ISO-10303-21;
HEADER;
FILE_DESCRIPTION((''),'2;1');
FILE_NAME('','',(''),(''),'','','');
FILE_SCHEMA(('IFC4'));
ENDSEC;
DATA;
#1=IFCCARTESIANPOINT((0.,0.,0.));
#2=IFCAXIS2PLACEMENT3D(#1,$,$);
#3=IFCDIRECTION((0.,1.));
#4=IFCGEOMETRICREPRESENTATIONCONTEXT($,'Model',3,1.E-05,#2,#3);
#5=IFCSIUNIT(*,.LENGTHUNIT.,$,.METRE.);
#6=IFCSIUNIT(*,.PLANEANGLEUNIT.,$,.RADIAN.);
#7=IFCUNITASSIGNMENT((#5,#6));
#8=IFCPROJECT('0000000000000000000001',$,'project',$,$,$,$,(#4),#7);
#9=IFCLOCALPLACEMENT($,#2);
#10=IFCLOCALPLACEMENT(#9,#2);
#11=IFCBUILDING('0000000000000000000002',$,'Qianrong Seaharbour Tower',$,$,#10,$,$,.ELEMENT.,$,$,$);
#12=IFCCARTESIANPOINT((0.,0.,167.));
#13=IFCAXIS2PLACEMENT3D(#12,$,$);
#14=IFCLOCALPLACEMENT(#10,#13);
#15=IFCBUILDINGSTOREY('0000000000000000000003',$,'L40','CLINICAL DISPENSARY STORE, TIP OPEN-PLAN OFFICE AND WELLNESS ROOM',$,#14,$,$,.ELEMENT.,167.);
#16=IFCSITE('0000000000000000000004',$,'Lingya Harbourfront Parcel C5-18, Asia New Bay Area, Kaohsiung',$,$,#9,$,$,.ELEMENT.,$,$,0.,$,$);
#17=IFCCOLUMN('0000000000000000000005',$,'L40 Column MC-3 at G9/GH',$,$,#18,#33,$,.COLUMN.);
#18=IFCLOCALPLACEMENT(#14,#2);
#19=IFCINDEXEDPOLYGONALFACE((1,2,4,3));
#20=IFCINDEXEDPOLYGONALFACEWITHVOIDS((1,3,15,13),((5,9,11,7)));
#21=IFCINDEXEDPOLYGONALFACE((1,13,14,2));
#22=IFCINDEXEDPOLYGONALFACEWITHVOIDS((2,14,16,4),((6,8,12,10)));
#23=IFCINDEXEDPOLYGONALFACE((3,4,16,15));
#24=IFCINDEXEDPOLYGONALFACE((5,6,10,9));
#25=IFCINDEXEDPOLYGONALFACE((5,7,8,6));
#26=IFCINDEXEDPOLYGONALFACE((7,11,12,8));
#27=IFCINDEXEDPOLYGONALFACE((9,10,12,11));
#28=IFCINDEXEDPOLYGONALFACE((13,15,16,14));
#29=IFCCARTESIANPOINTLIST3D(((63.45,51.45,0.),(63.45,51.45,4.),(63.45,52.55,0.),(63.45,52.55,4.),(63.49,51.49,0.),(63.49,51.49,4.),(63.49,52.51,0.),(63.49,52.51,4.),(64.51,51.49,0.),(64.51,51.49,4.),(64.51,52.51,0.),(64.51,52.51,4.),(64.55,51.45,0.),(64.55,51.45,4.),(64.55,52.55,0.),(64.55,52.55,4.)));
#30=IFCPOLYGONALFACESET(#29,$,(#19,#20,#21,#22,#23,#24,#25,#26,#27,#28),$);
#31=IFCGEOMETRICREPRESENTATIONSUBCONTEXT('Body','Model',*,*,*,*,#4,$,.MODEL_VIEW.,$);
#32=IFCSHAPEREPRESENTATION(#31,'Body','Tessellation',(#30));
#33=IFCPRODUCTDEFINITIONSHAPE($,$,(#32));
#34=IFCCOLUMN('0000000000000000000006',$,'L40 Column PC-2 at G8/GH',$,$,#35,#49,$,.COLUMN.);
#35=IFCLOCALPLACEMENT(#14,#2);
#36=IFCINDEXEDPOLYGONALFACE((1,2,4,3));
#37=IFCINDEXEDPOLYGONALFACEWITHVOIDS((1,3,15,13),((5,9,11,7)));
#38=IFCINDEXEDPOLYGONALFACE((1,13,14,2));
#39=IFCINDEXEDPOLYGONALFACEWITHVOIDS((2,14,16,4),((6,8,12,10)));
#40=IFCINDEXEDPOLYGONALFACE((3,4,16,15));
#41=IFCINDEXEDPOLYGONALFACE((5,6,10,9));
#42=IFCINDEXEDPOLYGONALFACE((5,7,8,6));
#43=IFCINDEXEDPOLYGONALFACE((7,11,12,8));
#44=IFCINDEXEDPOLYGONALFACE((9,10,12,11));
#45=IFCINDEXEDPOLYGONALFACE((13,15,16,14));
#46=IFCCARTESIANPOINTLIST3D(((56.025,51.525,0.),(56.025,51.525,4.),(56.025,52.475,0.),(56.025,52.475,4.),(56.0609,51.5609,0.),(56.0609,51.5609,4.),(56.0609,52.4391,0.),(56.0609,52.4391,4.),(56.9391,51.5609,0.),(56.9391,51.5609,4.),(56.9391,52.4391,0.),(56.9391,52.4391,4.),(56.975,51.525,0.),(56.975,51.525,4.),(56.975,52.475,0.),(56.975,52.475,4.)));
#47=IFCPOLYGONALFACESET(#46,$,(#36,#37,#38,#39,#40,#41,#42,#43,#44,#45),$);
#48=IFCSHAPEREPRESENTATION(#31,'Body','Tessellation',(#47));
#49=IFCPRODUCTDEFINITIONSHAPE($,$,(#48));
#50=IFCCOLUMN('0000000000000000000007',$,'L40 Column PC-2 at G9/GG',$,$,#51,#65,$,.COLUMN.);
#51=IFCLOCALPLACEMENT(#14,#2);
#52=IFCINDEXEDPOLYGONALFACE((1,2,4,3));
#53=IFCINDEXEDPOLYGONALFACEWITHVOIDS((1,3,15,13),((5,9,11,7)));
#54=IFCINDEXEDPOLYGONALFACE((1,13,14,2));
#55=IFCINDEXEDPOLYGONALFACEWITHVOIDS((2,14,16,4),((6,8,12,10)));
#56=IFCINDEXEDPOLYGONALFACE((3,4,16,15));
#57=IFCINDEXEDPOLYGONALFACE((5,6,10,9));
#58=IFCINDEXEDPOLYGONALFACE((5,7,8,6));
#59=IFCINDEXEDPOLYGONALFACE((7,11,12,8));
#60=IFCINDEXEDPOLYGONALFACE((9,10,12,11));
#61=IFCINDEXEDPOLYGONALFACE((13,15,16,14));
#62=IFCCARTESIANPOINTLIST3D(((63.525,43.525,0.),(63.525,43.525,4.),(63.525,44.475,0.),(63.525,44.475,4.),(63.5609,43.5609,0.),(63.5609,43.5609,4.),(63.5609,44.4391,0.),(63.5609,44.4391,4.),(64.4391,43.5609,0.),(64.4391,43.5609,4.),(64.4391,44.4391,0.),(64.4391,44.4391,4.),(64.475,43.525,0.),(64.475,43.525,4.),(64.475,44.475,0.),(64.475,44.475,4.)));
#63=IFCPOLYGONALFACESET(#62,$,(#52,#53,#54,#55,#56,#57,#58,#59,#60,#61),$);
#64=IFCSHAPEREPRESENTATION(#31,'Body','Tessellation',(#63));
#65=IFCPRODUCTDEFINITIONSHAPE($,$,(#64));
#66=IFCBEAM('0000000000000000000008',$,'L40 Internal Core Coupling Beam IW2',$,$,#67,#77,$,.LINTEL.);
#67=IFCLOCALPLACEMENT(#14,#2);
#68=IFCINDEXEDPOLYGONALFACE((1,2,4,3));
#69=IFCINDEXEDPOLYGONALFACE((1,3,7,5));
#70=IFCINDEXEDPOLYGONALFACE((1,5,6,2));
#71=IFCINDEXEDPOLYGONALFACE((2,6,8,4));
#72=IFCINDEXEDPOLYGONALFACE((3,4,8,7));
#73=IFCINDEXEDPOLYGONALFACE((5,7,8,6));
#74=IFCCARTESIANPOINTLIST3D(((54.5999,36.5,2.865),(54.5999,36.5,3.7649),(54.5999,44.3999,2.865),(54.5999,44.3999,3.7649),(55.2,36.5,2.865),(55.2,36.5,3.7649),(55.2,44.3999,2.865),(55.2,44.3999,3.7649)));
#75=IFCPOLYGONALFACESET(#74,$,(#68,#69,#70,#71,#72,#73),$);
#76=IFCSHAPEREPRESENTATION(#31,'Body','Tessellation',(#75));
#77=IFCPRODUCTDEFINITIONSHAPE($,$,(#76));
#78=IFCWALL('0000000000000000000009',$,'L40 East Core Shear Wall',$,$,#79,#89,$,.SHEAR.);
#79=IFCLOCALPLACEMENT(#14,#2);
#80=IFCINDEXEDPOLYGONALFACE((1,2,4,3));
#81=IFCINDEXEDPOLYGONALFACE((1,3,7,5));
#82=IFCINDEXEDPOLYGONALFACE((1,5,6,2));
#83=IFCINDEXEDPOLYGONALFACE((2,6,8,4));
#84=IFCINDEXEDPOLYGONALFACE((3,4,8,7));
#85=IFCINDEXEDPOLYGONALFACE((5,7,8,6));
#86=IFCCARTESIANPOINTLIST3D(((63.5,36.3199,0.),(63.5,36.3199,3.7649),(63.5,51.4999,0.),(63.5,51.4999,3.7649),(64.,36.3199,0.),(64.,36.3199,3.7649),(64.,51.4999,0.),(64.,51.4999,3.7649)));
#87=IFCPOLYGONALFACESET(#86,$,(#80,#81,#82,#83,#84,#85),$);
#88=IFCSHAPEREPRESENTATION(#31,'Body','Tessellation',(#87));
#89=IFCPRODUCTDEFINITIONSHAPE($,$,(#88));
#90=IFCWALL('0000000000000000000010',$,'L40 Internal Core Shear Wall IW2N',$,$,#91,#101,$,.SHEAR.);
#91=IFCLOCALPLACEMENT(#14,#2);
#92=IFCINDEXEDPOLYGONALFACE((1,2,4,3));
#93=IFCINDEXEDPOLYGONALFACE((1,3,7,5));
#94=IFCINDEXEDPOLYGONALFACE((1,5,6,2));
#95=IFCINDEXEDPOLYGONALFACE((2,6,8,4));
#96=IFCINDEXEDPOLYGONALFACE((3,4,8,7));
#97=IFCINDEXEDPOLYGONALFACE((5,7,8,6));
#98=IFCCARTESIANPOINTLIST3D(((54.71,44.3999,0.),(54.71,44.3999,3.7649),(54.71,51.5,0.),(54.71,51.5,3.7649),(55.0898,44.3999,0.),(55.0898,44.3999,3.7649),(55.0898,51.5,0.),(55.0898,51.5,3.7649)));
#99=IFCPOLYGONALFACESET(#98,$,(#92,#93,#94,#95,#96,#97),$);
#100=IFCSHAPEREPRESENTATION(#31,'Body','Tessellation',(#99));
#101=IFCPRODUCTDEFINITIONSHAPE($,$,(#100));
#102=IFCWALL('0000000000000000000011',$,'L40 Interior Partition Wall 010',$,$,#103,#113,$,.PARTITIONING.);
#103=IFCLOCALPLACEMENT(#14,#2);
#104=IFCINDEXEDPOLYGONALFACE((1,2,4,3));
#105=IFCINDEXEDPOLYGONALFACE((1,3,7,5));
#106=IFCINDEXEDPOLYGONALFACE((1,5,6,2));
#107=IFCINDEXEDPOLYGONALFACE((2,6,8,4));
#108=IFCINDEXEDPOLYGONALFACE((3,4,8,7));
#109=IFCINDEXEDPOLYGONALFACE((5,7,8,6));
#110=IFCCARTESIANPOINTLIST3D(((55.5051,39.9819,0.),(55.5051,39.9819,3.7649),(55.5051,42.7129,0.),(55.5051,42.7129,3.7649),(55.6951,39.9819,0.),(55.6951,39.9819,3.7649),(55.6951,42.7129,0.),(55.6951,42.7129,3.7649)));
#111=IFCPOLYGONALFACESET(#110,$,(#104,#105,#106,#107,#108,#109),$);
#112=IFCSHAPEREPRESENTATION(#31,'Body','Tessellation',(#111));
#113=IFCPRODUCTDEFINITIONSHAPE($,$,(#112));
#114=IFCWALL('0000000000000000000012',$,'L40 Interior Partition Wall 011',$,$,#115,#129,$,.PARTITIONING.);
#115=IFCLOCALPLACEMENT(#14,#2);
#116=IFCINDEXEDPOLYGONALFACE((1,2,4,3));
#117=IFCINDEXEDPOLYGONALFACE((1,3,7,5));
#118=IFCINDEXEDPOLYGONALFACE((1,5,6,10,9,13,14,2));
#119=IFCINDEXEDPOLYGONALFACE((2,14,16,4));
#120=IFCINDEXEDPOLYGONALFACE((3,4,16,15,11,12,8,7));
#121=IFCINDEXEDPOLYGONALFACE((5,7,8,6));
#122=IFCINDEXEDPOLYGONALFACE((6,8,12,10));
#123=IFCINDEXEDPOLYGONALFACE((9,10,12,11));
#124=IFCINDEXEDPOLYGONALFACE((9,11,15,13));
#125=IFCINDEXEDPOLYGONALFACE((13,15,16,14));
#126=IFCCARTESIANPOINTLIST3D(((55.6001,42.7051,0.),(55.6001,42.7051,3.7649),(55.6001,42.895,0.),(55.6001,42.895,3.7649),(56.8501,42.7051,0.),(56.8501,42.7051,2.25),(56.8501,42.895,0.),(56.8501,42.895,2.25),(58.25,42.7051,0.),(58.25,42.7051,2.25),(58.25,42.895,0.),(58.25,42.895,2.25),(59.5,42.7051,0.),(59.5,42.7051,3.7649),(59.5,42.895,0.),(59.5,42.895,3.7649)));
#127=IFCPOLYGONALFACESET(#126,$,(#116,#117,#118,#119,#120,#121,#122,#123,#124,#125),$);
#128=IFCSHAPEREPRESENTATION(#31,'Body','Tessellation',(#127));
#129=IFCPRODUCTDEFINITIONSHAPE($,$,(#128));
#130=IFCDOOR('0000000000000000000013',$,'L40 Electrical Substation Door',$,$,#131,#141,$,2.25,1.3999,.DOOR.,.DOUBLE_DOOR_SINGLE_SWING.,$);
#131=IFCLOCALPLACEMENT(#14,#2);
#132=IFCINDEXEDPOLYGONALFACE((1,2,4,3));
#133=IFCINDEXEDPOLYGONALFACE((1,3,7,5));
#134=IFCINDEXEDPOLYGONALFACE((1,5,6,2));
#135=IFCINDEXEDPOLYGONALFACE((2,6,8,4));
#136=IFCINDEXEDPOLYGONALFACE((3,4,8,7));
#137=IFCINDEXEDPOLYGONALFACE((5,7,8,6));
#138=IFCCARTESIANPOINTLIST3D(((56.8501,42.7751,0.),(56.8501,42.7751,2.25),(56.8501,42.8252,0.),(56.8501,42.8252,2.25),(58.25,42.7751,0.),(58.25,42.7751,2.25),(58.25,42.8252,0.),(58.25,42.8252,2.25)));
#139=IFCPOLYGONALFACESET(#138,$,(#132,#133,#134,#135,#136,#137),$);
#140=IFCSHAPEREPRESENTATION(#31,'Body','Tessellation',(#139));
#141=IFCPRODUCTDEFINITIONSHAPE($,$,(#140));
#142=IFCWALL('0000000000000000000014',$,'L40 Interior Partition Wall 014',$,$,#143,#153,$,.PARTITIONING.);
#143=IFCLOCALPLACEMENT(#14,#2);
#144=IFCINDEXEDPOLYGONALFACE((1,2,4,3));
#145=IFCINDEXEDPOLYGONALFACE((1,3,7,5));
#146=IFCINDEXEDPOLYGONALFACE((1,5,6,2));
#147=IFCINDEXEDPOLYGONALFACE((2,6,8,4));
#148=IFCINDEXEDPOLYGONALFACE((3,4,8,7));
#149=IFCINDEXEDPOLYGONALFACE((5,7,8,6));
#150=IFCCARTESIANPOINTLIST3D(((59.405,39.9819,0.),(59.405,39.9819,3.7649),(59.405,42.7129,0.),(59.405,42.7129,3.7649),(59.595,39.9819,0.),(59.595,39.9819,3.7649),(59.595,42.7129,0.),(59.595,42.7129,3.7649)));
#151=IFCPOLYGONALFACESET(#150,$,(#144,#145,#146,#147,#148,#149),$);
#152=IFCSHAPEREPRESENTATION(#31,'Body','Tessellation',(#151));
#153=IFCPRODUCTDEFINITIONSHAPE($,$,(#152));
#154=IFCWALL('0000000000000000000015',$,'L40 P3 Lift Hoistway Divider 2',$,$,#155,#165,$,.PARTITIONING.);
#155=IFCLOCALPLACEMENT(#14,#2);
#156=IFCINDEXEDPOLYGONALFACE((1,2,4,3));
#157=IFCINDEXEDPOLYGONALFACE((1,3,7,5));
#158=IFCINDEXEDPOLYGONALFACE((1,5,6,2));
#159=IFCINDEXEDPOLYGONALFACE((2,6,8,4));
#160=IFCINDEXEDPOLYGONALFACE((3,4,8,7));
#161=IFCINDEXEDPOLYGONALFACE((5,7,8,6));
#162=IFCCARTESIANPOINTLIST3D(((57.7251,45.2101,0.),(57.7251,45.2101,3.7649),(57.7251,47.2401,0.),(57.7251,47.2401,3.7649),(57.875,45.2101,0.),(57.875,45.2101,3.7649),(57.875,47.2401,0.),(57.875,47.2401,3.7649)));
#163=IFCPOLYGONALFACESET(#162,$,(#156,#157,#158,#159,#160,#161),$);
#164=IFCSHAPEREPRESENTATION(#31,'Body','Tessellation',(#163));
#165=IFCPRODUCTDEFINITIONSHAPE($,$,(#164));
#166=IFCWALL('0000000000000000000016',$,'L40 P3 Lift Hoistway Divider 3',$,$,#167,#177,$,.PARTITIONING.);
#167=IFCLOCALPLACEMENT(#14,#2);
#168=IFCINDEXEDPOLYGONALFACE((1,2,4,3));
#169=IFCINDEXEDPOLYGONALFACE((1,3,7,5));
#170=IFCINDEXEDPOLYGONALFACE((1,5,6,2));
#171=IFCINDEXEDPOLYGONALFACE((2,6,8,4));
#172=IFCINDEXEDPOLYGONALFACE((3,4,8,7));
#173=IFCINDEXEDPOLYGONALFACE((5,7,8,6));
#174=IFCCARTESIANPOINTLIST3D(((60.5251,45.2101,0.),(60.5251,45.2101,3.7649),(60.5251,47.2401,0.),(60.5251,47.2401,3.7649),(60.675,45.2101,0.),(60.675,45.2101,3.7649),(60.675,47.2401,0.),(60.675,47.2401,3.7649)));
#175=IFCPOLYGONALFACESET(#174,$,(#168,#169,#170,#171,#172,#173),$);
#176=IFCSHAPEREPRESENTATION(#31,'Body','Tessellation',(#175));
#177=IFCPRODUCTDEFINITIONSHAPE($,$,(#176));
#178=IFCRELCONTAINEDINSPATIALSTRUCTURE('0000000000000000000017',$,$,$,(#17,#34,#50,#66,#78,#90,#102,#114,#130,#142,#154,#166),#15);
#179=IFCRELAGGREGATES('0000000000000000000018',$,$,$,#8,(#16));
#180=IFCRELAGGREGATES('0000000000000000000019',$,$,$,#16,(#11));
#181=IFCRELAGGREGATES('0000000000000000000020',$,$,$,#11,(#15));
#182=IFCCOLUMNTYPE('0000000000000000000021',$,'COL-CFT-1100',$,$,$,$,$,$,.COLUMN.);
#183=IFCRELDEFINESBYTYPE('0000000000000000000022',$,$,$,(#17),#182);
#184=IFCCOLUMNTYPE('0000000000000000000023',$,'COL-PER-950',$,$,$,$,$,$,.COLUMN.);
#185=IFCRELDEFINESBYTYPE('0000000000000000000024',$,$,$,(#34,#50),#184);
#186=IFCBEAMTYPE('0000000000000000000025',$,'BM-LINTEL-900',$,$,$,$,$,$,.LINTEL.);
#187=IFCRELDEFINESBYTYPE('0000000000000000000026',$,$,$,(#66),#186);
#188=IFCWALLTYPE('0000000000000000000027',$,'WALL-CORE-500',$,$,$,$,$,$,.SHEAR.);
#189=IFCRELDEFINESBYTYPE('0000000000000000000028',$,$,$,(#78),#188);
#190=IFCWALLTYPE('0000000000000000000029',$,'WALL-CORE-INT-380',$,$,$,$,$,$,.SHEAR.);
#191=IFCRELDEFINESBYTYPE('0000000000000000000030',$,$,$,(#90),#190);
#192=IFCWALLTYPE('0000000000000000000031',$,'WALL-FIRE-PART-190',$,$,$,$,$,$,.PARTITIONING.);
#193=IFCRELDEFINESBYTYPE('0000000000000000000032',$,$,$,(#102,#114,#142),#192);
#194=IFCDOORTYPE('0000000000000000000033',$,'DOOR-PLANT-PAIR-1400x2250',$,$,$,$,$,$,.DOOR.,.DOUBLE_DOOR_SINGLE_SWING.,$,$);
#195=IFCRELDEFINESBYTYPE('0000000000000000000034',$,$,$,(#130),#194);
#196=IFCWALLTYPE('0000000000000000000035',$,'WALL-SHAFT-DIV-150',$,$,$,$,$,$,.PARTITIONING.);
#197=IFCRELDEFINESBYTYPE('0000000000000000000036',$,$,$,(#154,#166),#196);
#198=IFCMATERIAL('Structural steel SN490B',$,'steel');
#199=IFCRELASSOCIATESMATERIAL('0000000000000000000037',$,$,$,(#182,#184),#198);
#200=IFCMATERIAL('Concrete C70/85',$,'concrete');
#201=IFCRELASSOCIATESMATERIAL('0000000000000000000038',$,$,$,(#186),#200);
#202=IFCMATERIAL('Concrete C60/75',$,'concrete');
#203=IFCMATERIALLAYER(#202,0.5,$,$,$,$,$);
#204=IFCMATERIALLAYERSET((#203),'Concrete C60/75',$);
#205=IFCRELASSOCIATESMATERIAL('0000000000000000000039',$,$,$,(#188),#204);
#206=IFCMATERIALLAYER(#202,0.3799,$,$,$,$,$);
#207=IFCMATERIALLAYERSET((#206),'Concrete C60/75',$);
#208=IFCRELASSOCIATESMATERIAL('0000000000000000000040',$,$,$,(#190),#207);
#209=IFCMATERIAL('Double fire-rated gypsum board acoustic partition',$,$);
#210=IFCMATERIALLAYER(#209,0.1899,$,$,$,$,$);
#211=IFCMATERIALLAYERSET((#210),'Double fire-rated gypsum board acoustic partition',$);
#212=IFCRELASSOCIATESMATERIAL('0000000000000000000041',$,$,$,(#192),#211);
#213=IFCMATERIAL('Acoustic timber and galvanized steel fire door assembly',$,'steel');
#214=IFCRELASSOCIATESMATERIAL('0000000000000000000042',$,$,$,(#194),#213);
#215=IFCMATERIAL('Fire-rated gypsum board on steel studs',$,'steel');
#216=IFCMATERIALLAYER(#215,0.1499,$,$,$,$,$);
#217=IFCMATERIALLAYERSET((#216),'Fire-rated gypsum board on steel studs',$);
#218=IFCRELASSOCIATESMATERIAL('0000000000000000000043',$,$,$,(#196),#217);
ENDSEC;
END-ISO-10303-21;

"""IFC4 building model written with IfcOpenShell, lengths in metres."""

from ifc_helpers import new_model, si_unit, direction, frame, frame_2d, origin, origin_2d, place, context, subcontext, project, spatial, rectangle, hollow_rectangle, extrude, material, layer, layer_set, material_profile, profile_set, type_object, element, fill, save


model = new_model("IFC4")

# Units and contexts
model_context = context("Model", 3, precision=1e-05, world=origin(), true_north=direction((0.0, 1.0)))
body_context = subcontext(model_context, "Body", "Model", "MODEL_VIEW")
ifc_project = project(units=[si_unit("LENGTHUNIT", "METRE"), si_unit("PLANEANGLEUNIT", "RADIAN")], contexts=[model_context])

# Site, building, storey
site_placement = place(None, origin())
site = spatial("IfcSite", under=ifc_project, at=site_placement, Name="Lingya Harbourfront Parcel C5-18, Asia New Bay Area, Kaohsiung", CompositionType="ELEMENT", RefElevation=0.0)
building_placement = place(site_placement, origin())
building = spatial("IfcBuilding", under=site, at=building_placement, Name="Qianrong Seaharbour Tower", CompositionType="ELEMENT")
storey_placement = place(building_placement, frame((0.0, 0.0, 167.0)))
storey = spatial("IfcBuildingStorey", under=building, at=storey_placement, Name="L40", Description="CLINICAL DISPENSARY STORE, TIP OPEN-PLAN OFFICE AND WELLNESS ROOM", CompositionType="ELEMENT", Elevation=167.0)

# Columns
ifc_material_1 = material(Name="Structural steel SN490B", Category="steel")
ifc_material_profile_1 = material_profile(ifc_material_1, hollow_rectangle(XDim=1.1001, YDim=1.1001, WallThickness=0.04, at=origin_2d()), Name="BOX1100x1100x40")
ifc_profile_set_1 = profile_set([ifc_material_profile_1], Name="Structural steel SN490B")
column_type_1 = type_object("IfcColumnType", Name="COL-CFT-1100", PredefinedType="COLUMN", material=ifc_profile_set_1)
column_placement = place(storey_placement, frame((64.0, 52.0, 0.0), z_axis=(0.0, 0.0, 1.0), x_axis=(1.0, 0.0, 0.0)))
element("IfcColumn", 1, at=column_placement, inside=storey, type_object=column_type_1, Name="L40 Column MC-3 at G9/GH", PredefinedType="COLUMN", context=body_context, shape_type="SweptSolid", body=[
    extrude(hollow_rectangle(XDim=1.1001, YDim=1.1001, WallThickness=0.04, at=origin_2d()), origin(), (0.0, 0.0, 1.0), 4.0),
])
ifc_material_profile_2 = material_profile(ifc_material_1, hollow_rectangle(XDim=0.95, YDim=0.95, WallThickness=0.0359, at=origin_2d()), Name="BOX950x950x36")
ifc_profile_set_2 = profile_set([ifc_material_profile_2], Name="Structural steel SN490B")
column_type_2 = type_object("IfcColumnType", Name="COL-PER-950", PredefinedType="COLUMN", material=ifc_profile_set_2)
for number, where, z_axis, x_axis, name in (
    (2, (56.5, 52.0, 0.0), (0.0, 0.0, 1.0), (1.0, 0.0, 0.0), "L40 Column PC-2 at G8/GH"),
    (3, (64.0, 44.0, 0.0), (0.0, 0.0, 1.0), (1.0, 0.0, 0.0), "L40 Column PC-2 at G9/GG"),
):
    element("IfcColumn", number, at=place(storey_placement, frame(where, z_axis=z_axis, x_axis=x_axis)), inside=storey, type_object=column_type_2, Name=name, PredefinedType="COLUMN", context=body_context, shape_type="SweptSolid", body=[
        extrude(hollow_rectangle(XDim=0.95, YDim=0.95, WallThickness=0.0359, at=origin_2d()), origin(), (0.0, 0.0, 1.0), 4.0),
    ])

# Beam
ifc_material_2 = material(Name="Concrete C70/85", Category="concrete")
ifc_material_profile_3 = material_profile(ifc_material_2, rectangle(XDim=0.6001, YDim=0.8999, at=origin_2d()), Name="RC600x900")
ifc_profile_set_3 = profile_set([ifc_material_profile_3], Name="Concrete C70/85")
beam_type = type_object("IfcBeamType", Name="BM-LINTEL-900", PredefinedType="LINTEL", material=ifc_profile_set_3)
beam_placement = place(storey_placement, frame((54.8999, 36.5, 3.3149), z_axis=(0.0, 1.0, 0.0), x_axis=(-1.0, 0.0, 0.0)))
element("IfcBeam", 4, at=beam_placement, inside=storey, type_object=beam_type, Name="L40 Internal Core Coupling Beam IW2", PredefinedType="LINTEL", context=body_context, shape_type="SweptSolid", body=[
    extrude(rectangle(XDim=0.6001, YDim=0.8999, at=origin_2d()), origin(), (0.0, 0.0, 1.0), 7.8999),
])

# Walls
ifc_material_3 = material(Name="Concrete C60/75", Category="concrete")
ifc_layer_1 = layer(ifc_material_3, 0.5)
ifc_layer_set_1 = layer_set([ifc_layer_1], Name="Concrete C60/75")
wall_type_1 = type_object("IfcWallType", Name="WALL-CORE-500", PredefinedType="SHEAR", material=ifc_layer_set_1)
wall_1_placement = place(storey_placement, frame((63.75, 36.3201, 0.0), z_axis=(0.0, 0.0, 1.0), x_axis=(0.0, 1.0, 0.0)))
element("IfcWall", 5, at=wall_1_placement, inside=storey, type_object=wall_type_1, Name="L40 East Core Shear Wall", PredefinedType="SHEAR", context=body_context, shape_type="SweptSolid", body=[
    extrude(rectangle(XDim=15.1799, YDim=0.5, at=frame_2d((7.5898, 0.0))), origin(), (0.0, 0.0, 1.0), 3.7649),
])
ifc_layer_2 = layer(ifc_material_3, 0.3799)
ifc_layer_set_2 = layer_set([ifc_layer_2], Name="Concrete C60/75")
wall_type_2 = type_object("IfcWallType", Name="WALL-CORE-INT-380", PredefinedType="SHEAR", material=ifc_layer_set_2)
wall_2_placement = place(storey_placement, frame((54.8999, 44.3999, 0.0), z_axis=(0.0, 0.0, 1.0), x_axis=(0.0, 1.0, 0.0)))
element("IfcWall", 6, at=wall_2_placement, inside=storey, type_object=wall_type_2, Name="L40 Internal Core Shear Wall IW2N", PredefinedType="SHEAR", context=body_context, shape_type="SweptSolid", body=[
    extrude(rectangle(XDim=7.1001, YDim=0.3799, at=frame_2d((3.55, 0.0))), origin(), (0.0, 0.0, 1.0), 3.7649),
])

# Shared definitions
ifc_material_4 = material(Name="Acoustic timber and galvanized steel fire door assembly", Category="steel")
ifc_material_5 = material(Name="Double fire-rated gypsum board acoustic partition")
ifc_layer_3 = layer(ifc_material_5, 0.1899)
ifc_layer_set_3 = layer_set([ifc_layer_3], Name="Double fire-rated gypsum board acoustic partition")
wall_type_3 = type_object("IfcWallType", Name="WALL-FIRE-PART-190", PredefinedType="PARTITIONING", material=ifc_layer_set_3)

# Wall
wall_3_placement = place(storey_placement, frame((55.6001, 42.7129, 0.0), z_axis=(0.0, 0.0, 1.0), x_axis=(0.0, -1.0, 0.0)))
element("IfcWall", 7, at=wall_3_placement, inside=storey, type_object=wall_type_3, Name="L40 Interior Partition Wall 010", PredefinedType="PARTITIONING", context=body_context, shape_type="SweptSolid", body=[
    extrude(rectangle(XDim=2.731, YDim=0.1899, at=frame_2d((1.3655, 0.0))), origin(), (0.0, 0.0, 1.0), 3.7649),
])

# Wall, opening, door
wall_4_placement = place(storey_placement, frame((59.5, 42.8, 0.0), z_axis=(0.0, 0.0, 1.0), x_axis=(-1.0, 0.0, 0.0)))
wall_4 = element("IfcWall", 8, at=wall_4_placement, inside=storey, type_object=wall_type_3, Name="L40 Interior Partition Wall 011", PredefinedType="PARTITIONING", context=body_context, shape_type="SweptSolid", body=[
    extrude(rectangle(XDim=3.8999, YDim=0.1899, at=frame_2d((1.95, 0.0))), origin(), (0.0, 0.0, 1.0), 3.7649),
])
opening_1_placement = place(wall_4_placement, frame((1.25, 0.0, 0.0)))
opening_1 = element("IfcOpeningElement", 9, at=opening_1_placement, cuts=wall_4, PredefinedType="OPENING", context=body_context, shape_type="SweptSolid", body=[
    extrude(rectangle(XDim=1.3999, YDim=2.25, at=frame_2d((0.7, 1.125))), frame((0.0, 0.105, 0.0), z_axis=(0.0, -1.0, 0.0), x_axis=(1.0, 0.0, 0.0)), (0.0, 0.0, 1.0), 0.21),
])
door_type_1 = type_object("IfcDoorType", Name="DOOR-PLANT-PAIR-1400x2250", OperationType="DOUBLE_DOOR_SINGLE_SWING", PredefinedType="DOOR", material=ifc_material_4)
door_1_placement = place(opening_1_placement, origin())
door_1 = element("IfcDoor", 10, at=door_1_placement, inside=storey, type_object=door_type_1, Name="L40 Electrical Substation Door", OperationType="DOUBLE_DOOR_SINGLE_SWING", OverallHeight=2.25, OverallWidth=1.3999, PredefinedType="DOOR", context=body_context, shape_type="SweptSolid", body=[
    extrude(rectangle(XDim=1.3999, YDim=2.25, at=frame_2d((0.7, 1.125))), frame((0.0, 0.0249, 0.0), z_axis=(0.0, -1.0, 0.0), x_axis=(1.0, 0.0, 0.0)), (0.0, 0.0, 1.0), 0.05),
])
fill(opening_1, door_1)

# Walls
wall_5_placement = place(storey_placement, frame((59.5, 42.7129, 0.0), z_axis=(0.0, 0.0, 1.0), x_axis=(0.0, -1.0, 0.0)))
element("IfcWall", 11, at=wall_5_placement, inside=storey, type_object=wall_type_3, Name="L40 Interior Partition Wall 014", PredefinedType="PARTITIONING", context=body_context, shape_type="SweptSolid", body=[
    extrude(rectangle(XDim=2.731, YDim=0.1899, at=frame_2d((1.3655, 0.0))), origin(), (0.0, 0.0, 1.0), 3.7649),
])
ifc_material_6 = material(Name="Fire-rated gypsum board on steel studs", Category="steel")
ifc_layer_4 = layer(ifc_material_6, 0.1499)
ifc_layer_set_4 = layer_set([ifc_layer_4], Name="Fire-rated gypsum board on steel studs")
wall_type_4 = type_object("IfcWallType", Name="WALL-SHAFT-DIV-150", PredefinedType="PARTITIONING", material=ifc_layer_set_4)
for number, where, z_axis, x_axis, name in (
    (12, (57.8, 45.21, 0.0), (0.0, 0.0, 1.0), (0.0, 1.0, 0.0), "L40 P3 Lift Hoistway Divider 2"),
    (13, (60.6001, 45.21, 0.0), (0.0, 0.0, 1.0), (0.0, 1.0, 0.0), "L40 P3 Lift Hoistway Divider 3"),
):
    element("IfcWall", number, at=place(storey_placement, frame(where, z_axis=z_axis, x_axis=x_axis)), inside=storey, type_object=wall_type_4, Name=name, PredefinedType="PARTITIONING", context=body_context, shape_type="SweptSolid", body=[
        extrude(rectangle(XDim=2.03, YDim=0.1499, at=frame_2d((1.0151, 0.0))), origin(), (0.0, 0.0, 1.0), 3.7649),
    ])

save(model, "model.ifc")
